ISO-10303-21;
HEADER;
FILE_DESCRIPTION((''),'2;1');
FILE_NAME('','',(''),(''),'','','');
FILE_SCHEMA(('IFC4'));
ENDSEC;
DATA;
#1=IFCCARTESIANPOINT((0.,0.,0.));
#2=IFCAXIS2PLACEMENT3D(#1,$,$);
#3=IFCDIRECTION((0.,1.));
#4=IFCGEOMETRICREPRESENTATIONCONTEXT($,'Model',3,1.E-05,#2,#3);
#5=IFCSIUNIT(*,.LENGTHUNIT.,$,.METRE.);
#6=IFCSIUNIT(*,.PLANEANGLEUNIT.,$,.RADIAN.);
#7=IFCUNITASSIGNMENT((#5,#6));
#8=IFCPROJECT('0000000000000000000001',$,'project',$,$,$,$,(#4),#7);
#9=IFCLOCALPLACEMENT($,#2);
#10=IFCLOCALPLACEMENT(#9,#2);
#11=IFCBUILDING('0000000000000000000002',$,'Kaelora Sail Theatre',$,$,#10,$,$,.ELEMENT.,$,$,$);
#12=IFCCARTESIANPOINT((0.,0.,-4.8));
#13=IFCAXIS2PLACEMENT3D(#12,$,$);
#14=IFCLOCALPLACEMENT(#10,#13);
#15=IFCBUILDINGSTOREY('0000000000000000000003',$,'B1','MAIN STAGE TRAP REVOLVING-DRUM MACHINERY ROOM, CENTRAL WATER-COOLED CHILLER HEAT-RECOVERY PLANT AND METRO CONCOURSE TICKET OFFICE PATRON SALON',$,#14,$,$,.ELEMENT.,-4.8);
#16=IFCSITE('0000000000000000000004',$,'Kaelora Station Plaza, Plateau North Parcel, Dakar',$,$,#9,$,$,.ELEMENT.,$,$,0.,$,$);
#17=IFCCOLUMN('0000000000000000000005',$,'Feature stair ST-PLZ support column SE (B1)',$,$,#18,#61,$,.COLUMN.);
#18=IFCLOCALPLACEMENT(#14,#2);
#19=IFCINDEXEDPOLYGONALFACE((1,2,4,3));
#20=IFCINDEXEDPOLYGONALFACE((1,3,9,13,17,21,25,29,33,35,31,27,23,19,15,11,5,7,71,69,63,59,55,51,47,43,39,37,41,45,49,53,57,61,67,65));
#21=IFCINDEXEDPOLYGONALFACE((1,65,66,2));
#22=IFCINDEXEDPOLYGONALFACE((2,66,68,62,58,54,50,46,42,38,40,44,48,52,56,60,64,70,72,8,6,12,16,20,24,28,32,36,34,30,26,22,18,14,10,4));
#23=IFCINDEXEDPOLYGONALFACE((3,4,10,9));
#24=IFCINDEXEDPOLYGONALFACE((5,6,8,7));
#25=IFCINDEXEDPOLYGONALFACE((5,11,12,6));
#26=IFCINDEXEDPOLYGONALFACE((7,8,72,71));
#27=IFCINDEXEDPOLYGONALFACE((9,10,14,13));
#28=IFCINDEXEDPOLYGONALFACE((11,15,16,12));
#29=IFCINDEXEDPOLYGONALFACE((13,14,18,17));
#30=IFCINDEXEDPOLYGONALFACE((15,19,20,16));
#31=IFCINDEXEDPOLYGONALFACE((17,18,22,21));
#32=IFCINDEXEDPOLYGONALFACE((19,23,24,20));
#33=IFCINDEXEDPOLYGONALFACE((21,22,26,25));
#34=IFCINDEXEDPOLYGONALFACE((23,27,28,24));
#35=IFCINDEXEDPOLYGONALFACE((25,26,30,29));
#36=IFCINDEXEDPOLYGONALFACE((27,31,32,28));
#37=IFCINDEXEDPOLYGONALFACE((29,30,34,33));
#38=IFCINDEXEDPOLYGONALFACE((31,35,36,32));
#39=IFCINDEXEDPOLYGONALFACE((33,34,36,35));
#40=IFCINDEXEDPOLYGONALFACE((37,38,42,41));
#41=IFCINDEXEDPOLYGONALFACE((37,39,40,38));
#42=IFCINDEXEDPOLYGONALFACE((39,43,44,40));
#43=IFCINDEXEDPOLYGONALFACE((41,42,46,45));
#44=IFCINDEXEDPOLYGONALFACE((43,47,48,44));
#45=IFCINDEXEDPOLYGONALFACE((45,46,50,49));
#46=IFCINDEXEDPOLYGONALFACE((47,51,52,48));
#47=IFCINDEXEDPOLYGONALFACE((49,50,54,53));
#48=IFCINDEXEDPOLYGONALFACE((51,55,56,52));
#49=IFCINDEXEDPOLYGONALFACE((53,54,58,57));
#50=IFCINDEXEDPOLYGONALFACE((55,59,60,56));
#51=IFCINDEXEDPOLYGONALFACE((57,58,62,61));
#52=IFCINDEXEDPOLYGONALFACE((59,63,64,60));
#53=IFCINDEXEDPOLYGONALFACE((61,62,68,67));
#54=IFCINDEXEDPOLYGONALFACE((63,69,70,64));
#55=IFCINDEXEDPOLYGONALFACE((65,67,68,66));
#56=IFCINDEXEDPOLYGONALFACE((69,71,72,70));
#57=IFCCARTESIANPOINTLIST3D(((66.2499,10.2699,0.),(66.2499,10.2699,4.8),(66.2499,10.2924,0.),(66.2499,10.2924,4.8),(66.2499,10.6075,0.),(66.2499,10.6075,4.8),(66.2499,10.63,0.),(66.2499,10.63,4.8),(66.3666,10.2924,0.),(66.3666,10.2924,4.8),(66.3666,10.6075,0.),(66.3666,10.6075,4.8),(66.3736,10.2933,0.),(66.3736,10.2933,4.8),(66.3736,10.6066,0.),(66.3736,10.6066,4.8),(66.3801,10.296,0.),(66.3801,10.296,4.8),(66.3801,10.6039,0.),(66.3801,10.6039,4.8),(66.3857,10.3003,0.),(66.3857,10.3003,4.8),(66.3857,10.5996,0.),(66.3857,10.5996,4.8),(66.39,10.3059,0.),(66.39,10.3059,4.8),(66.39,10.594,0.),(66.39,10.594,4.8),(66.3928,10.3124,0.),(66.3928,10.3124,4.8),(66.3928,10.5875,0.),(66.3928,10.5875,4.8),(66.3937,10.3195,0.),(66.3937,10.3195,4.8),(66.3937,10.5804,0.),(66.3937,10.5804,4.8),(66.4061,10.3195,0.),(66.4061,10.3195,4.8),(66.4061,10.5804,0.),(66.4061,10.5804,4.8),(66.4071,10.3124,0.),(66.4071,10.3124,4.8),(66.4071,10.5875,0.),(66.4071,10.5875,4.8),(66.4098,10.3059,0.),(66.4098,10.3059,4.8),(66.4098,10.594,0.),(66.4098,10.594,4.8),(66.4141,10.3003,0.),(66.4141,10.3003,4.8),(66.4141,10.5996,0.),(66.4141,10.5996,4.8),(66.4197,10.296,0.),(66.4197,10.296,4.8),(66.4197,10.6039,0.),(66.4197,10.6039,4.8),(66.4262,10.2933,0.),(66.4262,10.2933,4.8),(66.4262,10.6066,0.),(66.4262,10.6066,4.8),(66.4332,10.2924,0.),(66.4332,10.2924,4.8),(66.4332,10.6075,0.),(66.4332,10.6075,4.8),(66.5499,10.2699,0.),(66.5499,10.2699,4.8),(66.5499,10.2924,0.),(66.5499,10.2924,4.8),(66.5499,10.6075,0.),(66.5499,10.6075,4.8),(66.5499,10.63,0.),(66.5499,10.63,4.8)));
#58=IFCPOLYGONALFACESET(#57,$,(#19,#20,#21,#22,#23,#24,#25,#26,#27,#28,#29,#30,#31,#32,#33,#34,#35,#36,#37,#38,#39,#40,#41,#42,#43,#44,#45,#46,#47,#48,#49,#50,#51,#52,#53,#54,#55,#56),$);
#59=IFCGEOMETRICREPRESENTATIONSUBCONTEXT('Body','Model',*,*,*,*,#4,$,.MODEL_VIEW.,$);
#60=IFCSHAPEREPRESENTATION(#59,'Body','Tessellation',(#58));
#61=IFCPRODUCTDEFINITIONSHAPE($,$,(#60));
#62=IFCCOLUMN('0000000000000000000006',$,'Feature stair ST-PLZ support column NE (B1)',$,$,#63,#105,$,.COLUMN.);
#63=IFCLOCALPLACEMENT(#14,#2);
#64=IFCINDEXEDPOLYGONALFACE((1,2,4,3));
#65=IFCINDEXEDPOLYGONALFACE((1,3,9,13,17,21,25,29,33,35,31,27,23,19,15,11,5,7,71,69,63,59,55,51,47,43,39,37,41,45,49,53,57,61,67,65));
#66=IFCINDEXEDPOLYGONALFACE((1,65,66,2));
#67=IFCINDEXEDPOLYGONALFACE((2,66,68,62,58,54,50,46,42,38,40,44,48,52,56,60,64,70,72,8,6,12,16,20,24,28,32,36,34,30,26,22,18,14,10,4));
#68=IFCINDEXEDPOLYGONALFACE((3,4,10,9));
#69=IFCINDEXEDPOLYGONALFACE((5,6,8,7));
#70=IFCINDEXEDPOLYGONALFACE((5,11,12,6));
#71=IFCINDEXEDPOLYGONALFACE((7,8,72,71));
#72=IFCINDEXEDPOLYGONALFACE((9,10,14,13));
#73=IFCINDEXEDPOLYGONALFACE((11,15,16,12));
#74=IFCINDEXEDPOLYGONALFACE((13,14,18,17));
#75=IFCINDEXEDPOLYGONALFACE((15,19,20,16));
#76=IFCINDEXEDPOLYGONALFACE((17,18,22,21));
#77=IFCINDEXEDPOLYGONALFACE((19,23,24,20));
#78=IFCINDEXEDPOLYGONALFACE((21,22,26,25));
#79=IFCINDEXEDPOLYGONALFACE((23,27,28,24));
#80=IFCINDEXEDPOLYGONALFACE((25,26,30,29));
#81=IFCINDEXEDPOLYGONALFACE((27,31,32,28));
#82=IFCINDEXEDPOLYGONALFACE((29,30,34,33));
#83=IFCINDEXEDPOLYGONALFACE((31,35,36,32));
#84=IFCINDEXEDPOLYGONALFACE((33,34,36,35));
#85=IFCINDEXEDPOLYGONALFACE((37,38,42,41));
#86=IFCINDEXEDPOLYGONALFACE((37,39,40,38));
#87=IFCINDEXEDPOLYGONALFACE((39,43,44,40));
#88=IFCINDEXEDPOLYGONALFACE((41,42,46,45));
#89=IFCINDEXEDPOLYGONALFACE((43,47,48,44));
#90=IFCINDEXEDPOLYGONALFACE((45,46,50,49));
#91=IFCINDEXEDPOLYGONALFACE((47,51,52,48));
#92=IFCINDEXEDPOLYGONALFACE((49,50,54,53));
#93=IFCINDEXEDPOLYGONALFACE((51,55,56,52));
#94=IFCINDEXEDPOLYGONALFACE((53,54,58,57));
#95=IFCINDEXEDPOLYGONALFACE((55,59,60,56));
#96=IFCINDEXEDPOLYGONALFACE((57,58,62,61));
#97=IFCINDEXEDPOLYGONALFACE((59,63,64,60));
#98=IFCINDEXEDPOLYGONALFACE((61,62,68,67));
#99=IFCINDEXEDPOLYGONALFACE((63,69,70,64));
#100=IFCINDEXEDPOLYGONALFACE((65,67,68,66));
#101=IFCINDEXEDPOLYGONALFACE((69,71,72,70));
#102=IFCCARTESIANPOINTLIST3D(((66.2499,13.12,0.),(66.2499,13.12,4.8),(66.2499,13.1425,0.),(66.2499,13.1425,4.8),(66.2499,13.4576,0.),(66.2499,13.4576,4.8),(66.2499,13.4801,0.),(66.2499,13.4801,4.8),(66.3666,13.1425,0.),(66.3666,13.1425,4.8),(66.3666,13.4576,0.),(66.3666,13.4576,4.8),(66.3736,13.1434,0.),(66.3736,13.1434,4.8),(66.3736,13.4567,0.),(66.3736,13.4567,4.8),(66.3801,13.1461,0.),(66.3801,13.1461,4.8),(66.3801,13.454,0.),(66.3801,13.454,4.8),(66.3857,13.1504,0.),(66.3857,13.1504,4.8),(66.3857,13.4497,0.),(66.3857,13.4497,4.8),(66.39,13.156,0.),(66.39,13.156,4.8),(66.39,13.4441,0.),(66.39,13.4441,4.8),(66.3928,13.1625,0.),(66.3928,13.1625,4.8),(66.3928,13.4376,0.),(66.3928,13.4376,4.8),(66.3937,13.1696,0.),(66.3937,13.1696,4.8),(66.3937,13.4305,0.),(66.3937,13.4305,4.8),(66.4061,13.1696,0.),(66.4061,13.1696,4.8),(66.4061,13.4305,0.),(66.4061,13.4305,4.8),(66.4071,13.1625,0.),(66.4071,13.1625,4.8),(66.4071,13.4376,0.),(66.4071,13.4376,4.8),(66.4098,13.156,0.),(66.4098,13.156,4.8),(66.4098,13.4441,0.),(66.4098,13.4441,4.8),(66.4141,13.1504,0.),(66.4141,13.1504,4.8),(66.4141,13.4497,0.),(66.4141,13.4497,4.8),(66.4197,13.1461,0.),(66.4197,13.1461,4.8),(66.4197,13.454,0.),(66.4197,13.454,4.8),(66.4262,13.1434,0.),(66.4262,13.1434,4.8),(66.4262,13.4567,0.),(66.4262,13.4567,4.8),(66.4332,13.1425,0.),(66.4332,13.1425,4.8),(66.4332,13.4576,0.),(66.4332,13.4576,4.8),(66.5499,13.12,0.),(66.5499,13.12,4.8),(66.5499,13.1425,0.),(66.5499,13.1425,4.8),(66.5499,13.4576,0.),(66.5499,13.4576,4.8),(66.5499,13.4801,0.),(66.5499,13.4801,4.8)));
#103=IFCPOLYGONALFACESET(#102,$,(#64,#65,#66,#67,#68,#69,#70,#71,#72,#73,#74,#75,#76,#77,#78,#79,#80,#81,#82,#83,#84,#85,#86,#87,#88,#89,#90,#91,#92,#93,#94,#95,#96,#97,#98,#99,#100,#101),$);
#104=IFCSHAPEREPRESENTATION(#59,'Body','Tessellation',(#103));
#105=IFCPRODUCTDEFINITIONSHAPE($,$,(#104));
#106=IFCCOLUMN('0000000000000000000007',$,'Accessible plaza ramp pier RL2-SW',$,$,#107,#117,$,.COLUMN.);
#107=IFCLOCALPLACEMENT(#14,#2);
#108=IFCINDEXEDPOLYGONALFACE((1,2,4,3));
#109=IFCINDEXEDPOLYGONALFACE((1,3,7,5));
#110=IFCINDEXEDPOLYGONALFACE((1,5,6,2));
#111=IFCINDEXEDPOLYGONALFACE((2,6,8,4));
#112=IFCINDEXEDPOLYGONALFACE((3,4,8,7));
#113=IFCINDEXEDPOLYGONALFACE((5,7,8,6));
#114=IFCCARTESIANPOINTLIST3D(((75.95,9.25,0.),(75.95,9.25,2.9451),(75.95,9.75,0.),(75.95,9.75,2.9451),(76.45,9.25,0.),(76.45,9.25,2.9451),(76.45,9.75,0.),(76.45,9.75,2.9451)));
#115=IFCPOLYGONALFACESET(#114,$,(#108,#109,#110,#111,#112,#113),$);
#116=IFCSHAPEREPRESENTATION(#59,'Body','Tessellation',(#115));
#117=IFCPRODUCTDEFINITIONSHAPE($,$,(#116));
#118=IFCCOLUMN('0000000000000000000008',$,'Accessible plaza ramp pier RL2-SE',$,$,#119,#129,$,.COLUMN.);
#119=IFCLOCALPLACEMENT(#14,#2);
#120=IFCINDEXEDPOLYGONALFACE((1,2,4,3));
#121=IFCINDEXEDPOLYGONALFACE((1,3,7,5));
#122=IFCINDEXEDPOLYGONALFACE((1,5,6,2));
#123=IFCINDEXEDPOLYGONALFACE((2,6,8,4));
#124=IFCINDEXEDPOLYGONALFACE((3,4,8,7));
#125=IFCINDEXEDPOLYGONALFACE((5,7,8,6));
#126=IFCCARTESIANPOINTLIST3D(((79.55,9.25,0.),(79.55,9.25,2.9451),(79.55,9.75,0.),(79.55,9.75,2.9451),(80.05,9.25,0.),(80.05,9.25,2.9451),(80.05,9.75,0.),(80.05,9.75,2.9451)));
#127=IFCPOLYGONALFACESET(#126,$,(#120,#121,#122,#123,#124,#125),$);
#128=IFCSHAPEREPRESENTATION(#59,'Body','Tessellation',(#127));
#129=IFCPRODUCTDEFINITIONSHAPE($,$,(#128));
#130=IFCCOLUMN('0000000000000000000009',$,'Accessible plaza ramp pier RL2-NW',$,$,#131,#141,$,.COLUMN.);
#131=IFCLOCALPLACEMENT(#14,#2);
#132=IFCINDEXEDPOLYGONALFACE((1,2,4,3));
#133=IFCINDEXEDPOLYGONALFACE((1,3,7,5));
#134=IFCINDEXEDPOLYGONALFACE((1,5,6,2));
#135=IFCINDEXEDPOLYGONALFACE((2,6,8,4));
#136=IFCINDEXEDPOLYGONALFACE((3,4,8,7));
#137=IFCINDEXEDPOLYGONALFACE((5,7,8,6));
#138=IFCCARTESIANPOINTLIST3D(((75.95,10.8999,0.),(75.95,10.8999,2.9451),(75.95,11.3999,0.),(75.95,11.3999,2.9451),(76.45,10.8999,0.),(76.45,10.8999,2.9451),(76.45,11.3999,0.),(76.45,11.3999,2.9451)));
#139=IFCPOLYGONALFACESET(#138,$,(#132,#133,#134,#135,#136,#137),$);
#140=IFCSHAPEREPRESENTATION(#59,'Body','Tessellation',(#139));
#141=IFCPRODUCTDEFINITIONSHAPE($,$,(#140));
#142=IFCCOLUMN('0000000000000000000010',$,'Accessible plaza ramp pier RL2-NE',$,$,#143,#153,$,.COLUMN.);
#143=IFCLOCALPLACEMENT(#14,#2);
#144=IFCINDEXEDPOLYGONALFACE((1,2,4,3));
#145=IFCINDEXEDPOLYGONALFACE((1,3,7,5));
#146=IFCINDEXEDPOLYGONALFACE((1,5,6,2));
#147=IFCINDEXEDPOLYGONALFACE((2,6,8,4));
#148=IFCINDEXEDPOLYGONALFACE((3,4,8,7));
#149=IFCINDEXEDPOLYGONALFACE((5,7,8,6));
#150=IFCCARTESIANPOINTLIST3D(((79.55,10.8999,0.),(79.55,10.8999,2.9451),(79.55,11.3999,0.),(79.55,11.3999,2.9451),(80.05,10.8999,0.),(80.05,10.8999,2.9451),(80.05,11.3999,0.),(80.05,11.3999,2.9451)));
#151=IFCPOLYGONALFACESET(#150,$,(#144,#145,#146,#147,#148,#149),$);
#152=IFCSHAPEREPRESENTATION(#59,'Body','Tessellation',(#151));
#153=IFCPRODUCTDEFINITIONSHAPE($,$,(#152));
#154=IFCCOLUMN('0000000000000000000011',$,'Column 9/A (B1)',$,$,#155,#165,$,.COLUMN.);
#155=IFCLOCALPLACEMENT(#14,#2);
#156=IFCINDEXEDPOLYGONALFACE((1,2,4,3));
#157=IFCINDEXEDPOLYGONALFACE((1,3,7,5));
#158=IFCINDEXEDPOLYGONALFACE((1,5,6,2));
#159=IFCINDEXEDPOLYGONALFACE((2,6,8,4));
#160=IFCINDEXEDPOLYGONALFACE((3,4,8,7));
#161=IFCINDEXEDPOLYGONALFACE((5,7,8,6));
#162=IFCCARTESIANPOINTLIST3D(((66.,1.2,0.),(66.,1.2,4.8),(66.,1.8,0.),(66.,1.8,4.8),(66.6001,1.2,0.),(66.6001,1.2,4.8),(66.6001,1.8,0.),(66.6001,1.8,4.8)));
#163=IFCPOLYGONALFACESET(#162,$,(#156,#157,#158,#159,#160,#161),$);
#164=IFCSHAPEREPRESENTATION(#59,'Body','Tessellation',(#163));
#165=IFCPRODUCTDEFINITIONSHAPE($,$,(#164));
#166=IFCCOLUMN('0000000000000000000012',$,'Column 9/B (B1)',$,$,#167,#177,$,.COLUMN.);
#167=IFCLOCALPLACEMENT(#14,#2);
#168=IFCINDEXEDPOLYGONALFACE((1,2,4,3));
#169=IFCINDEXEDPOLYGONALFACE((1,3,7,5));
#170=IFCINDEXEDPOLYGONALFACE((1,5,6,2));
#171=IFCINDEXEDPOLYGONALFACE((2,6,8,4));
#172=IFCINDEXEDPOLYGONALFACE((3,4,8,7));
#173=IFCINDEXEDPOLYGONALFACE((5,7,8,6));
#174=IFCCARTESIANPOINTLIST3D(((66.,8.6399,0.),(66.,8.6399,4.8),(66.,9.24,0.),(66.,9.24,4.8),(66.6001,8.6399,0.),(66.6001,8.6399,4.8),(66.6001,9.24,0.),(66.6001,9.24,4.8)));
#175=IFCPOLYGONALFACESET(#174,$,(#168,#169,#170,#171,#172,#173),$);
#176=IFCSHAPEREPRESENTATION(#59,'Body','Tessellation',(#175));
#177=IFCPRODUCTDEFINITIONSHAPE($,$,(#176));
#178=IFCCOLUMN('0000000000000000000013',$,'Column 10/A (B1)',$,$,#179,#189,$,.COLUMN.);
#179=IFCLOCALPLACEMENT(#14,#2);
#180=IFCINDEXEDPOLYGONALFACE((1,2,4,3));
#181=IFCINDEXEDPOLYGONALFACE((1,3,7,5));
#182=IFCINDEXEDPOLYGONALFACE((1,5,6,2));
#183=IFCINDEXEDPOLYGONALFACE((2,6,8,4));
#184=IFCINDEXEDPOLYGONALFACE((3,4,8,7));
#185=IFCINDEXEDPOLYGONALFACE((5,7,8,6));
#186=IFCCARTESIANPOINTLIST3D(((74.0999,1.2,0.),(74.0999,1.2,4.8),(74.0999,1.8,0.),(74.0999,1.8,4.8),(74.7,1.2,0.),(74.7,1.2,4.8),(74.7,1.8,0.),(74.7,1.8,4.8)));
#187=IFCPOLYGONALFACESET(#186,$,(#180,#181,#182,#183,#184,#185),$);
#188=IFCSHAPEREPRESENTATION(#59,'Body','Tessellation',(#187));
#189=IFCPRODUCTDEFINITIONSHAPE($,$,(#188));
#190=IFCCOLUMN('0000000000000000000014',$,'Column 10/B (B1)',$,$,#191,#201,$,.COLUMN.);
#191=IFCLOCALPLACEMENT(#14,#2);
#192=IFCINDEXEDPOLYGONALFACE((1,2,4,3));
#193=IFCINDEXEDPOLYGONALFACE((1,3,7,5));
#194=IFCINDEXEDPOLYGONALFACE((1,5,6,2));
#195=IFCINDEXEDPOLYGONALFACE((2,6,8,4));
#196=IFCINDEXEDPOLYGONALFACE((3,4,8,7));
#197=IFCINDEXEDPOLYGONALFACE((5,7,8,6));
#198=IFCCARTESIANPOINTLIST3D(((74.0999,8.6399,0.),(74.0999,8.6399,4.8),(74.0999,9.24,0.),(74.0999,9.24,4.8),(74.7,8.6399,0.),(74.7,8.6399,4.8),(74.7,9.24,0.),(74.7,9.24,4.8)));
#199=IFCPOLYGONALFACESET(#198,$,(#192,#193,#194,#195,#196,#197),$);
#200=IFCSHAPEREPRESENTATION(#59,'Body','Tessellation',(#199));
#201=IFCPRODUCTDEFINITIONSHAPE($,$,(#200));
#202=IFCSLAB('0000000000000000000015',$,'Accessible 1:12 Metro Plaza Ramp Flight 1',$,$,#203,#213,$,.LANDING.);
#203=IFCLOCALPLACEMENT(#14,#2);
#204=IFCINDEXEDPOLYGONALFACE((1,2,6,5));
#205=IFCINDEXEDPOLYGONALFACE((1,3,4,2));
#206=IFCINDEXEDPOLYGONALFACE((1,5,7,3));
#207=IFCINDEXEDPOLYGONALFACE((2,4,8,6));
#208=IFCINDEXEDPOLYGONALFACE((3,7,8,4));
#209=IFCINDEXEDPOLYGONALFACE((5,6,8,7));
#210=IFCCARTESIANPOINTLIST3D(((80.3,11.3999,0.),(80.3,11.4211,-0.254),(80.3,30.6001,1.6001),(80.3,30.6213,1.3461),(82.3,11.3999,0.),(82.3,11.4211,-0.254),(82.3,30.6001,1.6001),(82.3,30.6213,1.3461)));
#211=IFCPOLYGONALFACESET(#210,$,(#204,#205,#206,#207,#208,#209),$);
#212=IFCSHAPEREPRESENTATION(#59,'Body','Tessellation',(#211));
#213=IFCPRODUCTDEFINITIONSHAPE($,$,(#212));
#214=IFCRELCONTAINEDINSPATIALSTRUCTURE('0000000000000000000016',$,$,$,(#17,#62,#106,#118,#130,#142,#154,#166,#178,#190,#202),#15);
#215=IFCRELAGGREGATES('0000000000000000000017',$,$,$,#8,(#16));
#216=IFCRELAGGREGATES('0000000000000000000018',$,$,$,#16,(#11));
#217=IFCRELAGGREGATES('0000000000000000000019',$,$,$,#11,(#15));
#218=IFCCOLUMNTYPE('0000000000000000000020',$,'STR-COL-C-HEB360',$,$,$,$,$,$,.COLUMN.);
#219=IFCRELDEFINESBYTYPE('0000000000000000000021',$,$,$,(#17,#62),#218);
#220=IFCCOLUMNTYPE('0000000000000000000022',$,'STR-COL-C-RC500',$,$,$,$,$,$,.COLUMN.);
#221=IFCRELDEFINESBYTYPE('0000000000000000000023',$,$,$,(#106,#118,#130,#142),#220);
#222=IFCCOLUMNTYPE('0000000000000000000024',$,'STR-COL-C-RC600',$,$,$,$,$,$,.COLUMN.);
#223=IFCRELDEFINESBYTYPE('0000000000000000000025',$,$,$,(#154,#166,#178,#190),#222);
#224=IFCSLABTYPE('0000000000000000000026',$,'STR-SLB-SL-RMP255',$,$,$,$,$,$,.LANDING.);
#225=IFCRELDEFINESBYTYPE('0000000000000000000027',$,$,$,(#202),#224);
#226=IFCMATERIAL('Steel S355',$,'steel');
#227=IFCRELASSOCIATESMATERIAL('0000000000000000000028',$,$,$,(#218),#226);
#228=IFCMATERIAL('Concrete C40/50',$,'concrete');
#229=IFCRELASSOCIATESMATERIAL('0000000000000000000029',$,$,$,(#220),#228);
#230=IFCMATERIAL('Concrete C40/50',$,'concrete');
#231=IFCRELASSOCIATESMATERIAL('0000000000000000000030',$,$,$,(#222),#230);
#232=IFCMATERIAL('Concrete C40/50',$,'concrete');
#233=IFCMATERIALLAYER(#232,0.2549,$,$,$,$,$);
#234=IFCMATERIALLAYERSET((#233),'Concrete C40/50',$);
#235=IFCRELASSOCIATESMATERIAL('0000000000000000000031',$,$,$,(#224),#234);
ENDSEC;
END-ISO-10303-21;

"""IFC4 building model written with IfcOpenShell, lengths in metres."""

from ifc_helpers import new_model, si_unit, direction, frame, origin, origin_2d, place, context, subcontext, project, spatial, polyline, rectangle, i_section, outline, extrude, material, layer, layer_set, material_profile, profile_set, type_object, element, save


model = new_model("IFC4")

# Units and contexts
model_context = context("Model", 3, precision=1e-05, world=origin(), true_north=direction((0.0, 1.0)))
body_context = subcontext(model_context, "Body", "Model", "MODEL_VIEW")
ifc_project = project(units=[si_unit("LENGTHUNIT", "METRE"), si_unit("PLANEANGLEUNIT", "RADIAN")], contexts=[model_context])

# Site, building, storey
site_placement = place(None, origin())
site = spatial("IfcSite", under=ifc_project, at=site_placement, Name="Kaelora Station Plaza, Plateau North Parcel, Dakar", CompositionType="ELEMENT", RefElevation=0.0)
building_placement = place(site_placement, origin())
building = spatial("IfcBuilding", under=site, at=building_placement, Name="Kaelora Sail Theatre", CompositionType="ELEMENT")
storey_placement = place(building_placement, frame((0.0, 0.0, -4.8)))
storey = spatial("IfcBuildingStorey", under=building, at=storey_placement, Name="B1", Description="MAIN STAGE TRAP REVOLVING-DRUM MACHINERY ROOM, CENTRAL WATER-COOLED CHILLER HEAT-RECOVERY PLANT AND METRO CONCOURSE TICKET OFFICE PATRON SALON", CompositionType="ELEMENT", Elevation=-4.8)

# Columns
ifc_material_1 = material(Name="Steel S355", Category="steel")
ifc_material_profile_1 = material_profile(ifc_material_1, i_section(OverallWidth=0.3, OverallDepth=0.3601, WebThickness=0.0125, FlangeThickness=0.0225, FilletRadius=0.0271, at=origin_2d()), Name="HEB 360")
ifc_profile_set_1 = profile_set([ifc_material_profile_1], Name="Steel S355")
column_type_1 = type_object("IfcColumnType", Name="STR-COL-C-HEB360", PredefinedType="COLUMN", material=ifc_profile_set_1)
for number, where, z_axis, x_axis, name in (
    (1, (66.3999, 10.45, 0.0), (0.0, 0.0, 1.0), (1.0, 0.0, 0.0), "Feature stair ST-PLZ support column SE (B1)"),
    (2, (66.3999, 13.3, 0.0), (0.0, 0.0, 1.0), (1.0, 0.0, 0.0), "Feature stair ST-PLZ support column NE (B1)"),
):
    element("IfcColumn", number, at=place(storey_placement, frame(where, z_axis=z_axis, x_axis=x_axis)), inside=storey, type_object=column_type_1, Name=name, PredefinedType="COLUMN", context=body_context, shape_type="SweptSolid", body=[
        extrude(i_section(OverallWidth=0.3, OverallDepth=0.3601, WebThickness=0.0125, FlangeThickness=0.0225, FilletRadius=0.0271, at=origin_2d()), origin(), (0.0, 0.0, 1.0), 4.8),
    ])
ifc_material_2 = material(Name="Concrete C40/50", Category="concrete")
ifc_material_profile_2 = material_profile(ifc_material_2, rectangle(XDim=0.5, YDim=0.5, at=origin_2d()), Name="RC-COL 500x500")
ifc_profile_set_2 = profile_set([ifc_material_profile_2], Name="Concrete C40/50")
column_type_2 = type_object("IfcColumnType", Name="STR-COL-C-RC500", PredefinedType="COLUMN", material=ifc_profile_set_2)
for number, where, z_axis, x_axis, name in (
    (3, (76.2, 9.5, 0.0), (0.0, 0.0, 1.0), (1.0, 0.0, 0.0), "Accessible plaza ramp pier RL2-SW"),
    (4, (79.8, 9.5, 0.0), (0.0, 0.0, 1.0), (1.0, 0.0, 0.0), "Accessible plaza ramp pier RL2-SE"),
    (5, (76.2, 11.1499, 0.0), (0.0, 0.0, 1.0), (1.0, 0.0, 0.0), "Accessible plaza ramp pier RL2-NW"),
    (6, (79.8, 11.1499, 0.0), (0.0, 0.0, 1.0), (1.0, 0.0, 0.0), "Accessible plaza ramp pier RL2-NE"),
):
    element("IfcColumn", number, at=place(storey_placement, frame(where, z_axis=z_axis, x_axis=x_axis)), inside=storey, type_object=column_type_2, Name=name, PredefinedType="COLUMN", context=body_context, shape_type="SweptSolid", body=[
        extrude(rectangle(XDim=0.5, YDim=0.5, at=origin_2d()), origin(), (0.0, 0.0, 1.0), 2.9451),
    ])
ifc_material_3 = material(Name="Concrete C40/50", Category="concrete")
ifc_material_profile_3 = material_profile(ifc_material_3, rectangle(XDim=0.6001, YDim=0.6001, at=origin_2d()), Name="RC-COL 600x600")
ifc_profile_set_3 = profile_set([ifc_material_profile_3], Name="Concrete C40/50")
column_type_3 = type_object("IfcColumnType", Name="STR-COL-C-RC600", PredefinedType="COLUMN", material=ifc_profile_set_3)
for number, where, z_axis, x_axis, name in (
    (7, (66.3, 1.5, 0.0), (0.0, 0.0, 1.0), (1.0, 0.0, 0.0), "Column 9/A (B1)"),
    (8, (66.3, 8.9399, 0.0), (0.0, 0.0, 1.0), (1.0, 0.0, 0.0), "Column 9/B (B1)"),
    (9, (74.3999, 1.5, 0.0), (0.0, 0.0, 1.0), (1.0, 0.0, 0.0), "Column 10/A (B1)"),
    (10, (74.3999, 8.9399, 0.0), (0.0, 0.0, 1.0), (1.0, 0.0, 0.0), "Column 10/B (B1)"),
):
    element("IfcColumn", number, at=place(storey_placement, frame(where, z_axis=z_axis, x_axis=x_axis)), inside=storey, type_object=column_type_3, Name=name, PredefinedType="COLUMN", context=body_context, shape_type="SweptSolid", body=[
        extrude(rectangle(XDim=0.6001, YDim=0.6001, at=origin_2d()), origin(), (0.0, 0.0, 1.0), 4.8),
    ])

# Slab
ifc_material_4 = material(Name="Concrete C40/50", Category="concrete")
ifc_layer = layer(ifc_material_4, 0.2549)
ifc_layer_set = layer_set([ifc_layer], Name="Concrete C40/50")
slab_type = type_object("IfcSlabType", Name="STR-SLB-SL-RMP255", PredefinedType="LANDING", material=ifc_layer_set)
slab_1_placement = place(storey_placement, frame((80.3, 11.3999, 0.0), z_axis=(0.0, -0.08305, 0.996545), x_axis=(1.0, 0.0, 0.0)))
element("IfcSlab", 11, at=slab_1_placement, inside=storey, type_object=slab_type, Name="Accessible 1:12 Metro Plaza Ramp Flight 1", PredefinedType="LANDING", context=body_context, shape_type="SweptSolid", body=[
    extrude(outline(polyline([(0.0, 0.0), (2.0, 0.0), (2.0, 19.2668), (0.0, 19.2668), (0.0, 0.0)])), origin(), (0.0, 0.0, -1.0), 0.2549),
])

save(model, "model.ifc")
